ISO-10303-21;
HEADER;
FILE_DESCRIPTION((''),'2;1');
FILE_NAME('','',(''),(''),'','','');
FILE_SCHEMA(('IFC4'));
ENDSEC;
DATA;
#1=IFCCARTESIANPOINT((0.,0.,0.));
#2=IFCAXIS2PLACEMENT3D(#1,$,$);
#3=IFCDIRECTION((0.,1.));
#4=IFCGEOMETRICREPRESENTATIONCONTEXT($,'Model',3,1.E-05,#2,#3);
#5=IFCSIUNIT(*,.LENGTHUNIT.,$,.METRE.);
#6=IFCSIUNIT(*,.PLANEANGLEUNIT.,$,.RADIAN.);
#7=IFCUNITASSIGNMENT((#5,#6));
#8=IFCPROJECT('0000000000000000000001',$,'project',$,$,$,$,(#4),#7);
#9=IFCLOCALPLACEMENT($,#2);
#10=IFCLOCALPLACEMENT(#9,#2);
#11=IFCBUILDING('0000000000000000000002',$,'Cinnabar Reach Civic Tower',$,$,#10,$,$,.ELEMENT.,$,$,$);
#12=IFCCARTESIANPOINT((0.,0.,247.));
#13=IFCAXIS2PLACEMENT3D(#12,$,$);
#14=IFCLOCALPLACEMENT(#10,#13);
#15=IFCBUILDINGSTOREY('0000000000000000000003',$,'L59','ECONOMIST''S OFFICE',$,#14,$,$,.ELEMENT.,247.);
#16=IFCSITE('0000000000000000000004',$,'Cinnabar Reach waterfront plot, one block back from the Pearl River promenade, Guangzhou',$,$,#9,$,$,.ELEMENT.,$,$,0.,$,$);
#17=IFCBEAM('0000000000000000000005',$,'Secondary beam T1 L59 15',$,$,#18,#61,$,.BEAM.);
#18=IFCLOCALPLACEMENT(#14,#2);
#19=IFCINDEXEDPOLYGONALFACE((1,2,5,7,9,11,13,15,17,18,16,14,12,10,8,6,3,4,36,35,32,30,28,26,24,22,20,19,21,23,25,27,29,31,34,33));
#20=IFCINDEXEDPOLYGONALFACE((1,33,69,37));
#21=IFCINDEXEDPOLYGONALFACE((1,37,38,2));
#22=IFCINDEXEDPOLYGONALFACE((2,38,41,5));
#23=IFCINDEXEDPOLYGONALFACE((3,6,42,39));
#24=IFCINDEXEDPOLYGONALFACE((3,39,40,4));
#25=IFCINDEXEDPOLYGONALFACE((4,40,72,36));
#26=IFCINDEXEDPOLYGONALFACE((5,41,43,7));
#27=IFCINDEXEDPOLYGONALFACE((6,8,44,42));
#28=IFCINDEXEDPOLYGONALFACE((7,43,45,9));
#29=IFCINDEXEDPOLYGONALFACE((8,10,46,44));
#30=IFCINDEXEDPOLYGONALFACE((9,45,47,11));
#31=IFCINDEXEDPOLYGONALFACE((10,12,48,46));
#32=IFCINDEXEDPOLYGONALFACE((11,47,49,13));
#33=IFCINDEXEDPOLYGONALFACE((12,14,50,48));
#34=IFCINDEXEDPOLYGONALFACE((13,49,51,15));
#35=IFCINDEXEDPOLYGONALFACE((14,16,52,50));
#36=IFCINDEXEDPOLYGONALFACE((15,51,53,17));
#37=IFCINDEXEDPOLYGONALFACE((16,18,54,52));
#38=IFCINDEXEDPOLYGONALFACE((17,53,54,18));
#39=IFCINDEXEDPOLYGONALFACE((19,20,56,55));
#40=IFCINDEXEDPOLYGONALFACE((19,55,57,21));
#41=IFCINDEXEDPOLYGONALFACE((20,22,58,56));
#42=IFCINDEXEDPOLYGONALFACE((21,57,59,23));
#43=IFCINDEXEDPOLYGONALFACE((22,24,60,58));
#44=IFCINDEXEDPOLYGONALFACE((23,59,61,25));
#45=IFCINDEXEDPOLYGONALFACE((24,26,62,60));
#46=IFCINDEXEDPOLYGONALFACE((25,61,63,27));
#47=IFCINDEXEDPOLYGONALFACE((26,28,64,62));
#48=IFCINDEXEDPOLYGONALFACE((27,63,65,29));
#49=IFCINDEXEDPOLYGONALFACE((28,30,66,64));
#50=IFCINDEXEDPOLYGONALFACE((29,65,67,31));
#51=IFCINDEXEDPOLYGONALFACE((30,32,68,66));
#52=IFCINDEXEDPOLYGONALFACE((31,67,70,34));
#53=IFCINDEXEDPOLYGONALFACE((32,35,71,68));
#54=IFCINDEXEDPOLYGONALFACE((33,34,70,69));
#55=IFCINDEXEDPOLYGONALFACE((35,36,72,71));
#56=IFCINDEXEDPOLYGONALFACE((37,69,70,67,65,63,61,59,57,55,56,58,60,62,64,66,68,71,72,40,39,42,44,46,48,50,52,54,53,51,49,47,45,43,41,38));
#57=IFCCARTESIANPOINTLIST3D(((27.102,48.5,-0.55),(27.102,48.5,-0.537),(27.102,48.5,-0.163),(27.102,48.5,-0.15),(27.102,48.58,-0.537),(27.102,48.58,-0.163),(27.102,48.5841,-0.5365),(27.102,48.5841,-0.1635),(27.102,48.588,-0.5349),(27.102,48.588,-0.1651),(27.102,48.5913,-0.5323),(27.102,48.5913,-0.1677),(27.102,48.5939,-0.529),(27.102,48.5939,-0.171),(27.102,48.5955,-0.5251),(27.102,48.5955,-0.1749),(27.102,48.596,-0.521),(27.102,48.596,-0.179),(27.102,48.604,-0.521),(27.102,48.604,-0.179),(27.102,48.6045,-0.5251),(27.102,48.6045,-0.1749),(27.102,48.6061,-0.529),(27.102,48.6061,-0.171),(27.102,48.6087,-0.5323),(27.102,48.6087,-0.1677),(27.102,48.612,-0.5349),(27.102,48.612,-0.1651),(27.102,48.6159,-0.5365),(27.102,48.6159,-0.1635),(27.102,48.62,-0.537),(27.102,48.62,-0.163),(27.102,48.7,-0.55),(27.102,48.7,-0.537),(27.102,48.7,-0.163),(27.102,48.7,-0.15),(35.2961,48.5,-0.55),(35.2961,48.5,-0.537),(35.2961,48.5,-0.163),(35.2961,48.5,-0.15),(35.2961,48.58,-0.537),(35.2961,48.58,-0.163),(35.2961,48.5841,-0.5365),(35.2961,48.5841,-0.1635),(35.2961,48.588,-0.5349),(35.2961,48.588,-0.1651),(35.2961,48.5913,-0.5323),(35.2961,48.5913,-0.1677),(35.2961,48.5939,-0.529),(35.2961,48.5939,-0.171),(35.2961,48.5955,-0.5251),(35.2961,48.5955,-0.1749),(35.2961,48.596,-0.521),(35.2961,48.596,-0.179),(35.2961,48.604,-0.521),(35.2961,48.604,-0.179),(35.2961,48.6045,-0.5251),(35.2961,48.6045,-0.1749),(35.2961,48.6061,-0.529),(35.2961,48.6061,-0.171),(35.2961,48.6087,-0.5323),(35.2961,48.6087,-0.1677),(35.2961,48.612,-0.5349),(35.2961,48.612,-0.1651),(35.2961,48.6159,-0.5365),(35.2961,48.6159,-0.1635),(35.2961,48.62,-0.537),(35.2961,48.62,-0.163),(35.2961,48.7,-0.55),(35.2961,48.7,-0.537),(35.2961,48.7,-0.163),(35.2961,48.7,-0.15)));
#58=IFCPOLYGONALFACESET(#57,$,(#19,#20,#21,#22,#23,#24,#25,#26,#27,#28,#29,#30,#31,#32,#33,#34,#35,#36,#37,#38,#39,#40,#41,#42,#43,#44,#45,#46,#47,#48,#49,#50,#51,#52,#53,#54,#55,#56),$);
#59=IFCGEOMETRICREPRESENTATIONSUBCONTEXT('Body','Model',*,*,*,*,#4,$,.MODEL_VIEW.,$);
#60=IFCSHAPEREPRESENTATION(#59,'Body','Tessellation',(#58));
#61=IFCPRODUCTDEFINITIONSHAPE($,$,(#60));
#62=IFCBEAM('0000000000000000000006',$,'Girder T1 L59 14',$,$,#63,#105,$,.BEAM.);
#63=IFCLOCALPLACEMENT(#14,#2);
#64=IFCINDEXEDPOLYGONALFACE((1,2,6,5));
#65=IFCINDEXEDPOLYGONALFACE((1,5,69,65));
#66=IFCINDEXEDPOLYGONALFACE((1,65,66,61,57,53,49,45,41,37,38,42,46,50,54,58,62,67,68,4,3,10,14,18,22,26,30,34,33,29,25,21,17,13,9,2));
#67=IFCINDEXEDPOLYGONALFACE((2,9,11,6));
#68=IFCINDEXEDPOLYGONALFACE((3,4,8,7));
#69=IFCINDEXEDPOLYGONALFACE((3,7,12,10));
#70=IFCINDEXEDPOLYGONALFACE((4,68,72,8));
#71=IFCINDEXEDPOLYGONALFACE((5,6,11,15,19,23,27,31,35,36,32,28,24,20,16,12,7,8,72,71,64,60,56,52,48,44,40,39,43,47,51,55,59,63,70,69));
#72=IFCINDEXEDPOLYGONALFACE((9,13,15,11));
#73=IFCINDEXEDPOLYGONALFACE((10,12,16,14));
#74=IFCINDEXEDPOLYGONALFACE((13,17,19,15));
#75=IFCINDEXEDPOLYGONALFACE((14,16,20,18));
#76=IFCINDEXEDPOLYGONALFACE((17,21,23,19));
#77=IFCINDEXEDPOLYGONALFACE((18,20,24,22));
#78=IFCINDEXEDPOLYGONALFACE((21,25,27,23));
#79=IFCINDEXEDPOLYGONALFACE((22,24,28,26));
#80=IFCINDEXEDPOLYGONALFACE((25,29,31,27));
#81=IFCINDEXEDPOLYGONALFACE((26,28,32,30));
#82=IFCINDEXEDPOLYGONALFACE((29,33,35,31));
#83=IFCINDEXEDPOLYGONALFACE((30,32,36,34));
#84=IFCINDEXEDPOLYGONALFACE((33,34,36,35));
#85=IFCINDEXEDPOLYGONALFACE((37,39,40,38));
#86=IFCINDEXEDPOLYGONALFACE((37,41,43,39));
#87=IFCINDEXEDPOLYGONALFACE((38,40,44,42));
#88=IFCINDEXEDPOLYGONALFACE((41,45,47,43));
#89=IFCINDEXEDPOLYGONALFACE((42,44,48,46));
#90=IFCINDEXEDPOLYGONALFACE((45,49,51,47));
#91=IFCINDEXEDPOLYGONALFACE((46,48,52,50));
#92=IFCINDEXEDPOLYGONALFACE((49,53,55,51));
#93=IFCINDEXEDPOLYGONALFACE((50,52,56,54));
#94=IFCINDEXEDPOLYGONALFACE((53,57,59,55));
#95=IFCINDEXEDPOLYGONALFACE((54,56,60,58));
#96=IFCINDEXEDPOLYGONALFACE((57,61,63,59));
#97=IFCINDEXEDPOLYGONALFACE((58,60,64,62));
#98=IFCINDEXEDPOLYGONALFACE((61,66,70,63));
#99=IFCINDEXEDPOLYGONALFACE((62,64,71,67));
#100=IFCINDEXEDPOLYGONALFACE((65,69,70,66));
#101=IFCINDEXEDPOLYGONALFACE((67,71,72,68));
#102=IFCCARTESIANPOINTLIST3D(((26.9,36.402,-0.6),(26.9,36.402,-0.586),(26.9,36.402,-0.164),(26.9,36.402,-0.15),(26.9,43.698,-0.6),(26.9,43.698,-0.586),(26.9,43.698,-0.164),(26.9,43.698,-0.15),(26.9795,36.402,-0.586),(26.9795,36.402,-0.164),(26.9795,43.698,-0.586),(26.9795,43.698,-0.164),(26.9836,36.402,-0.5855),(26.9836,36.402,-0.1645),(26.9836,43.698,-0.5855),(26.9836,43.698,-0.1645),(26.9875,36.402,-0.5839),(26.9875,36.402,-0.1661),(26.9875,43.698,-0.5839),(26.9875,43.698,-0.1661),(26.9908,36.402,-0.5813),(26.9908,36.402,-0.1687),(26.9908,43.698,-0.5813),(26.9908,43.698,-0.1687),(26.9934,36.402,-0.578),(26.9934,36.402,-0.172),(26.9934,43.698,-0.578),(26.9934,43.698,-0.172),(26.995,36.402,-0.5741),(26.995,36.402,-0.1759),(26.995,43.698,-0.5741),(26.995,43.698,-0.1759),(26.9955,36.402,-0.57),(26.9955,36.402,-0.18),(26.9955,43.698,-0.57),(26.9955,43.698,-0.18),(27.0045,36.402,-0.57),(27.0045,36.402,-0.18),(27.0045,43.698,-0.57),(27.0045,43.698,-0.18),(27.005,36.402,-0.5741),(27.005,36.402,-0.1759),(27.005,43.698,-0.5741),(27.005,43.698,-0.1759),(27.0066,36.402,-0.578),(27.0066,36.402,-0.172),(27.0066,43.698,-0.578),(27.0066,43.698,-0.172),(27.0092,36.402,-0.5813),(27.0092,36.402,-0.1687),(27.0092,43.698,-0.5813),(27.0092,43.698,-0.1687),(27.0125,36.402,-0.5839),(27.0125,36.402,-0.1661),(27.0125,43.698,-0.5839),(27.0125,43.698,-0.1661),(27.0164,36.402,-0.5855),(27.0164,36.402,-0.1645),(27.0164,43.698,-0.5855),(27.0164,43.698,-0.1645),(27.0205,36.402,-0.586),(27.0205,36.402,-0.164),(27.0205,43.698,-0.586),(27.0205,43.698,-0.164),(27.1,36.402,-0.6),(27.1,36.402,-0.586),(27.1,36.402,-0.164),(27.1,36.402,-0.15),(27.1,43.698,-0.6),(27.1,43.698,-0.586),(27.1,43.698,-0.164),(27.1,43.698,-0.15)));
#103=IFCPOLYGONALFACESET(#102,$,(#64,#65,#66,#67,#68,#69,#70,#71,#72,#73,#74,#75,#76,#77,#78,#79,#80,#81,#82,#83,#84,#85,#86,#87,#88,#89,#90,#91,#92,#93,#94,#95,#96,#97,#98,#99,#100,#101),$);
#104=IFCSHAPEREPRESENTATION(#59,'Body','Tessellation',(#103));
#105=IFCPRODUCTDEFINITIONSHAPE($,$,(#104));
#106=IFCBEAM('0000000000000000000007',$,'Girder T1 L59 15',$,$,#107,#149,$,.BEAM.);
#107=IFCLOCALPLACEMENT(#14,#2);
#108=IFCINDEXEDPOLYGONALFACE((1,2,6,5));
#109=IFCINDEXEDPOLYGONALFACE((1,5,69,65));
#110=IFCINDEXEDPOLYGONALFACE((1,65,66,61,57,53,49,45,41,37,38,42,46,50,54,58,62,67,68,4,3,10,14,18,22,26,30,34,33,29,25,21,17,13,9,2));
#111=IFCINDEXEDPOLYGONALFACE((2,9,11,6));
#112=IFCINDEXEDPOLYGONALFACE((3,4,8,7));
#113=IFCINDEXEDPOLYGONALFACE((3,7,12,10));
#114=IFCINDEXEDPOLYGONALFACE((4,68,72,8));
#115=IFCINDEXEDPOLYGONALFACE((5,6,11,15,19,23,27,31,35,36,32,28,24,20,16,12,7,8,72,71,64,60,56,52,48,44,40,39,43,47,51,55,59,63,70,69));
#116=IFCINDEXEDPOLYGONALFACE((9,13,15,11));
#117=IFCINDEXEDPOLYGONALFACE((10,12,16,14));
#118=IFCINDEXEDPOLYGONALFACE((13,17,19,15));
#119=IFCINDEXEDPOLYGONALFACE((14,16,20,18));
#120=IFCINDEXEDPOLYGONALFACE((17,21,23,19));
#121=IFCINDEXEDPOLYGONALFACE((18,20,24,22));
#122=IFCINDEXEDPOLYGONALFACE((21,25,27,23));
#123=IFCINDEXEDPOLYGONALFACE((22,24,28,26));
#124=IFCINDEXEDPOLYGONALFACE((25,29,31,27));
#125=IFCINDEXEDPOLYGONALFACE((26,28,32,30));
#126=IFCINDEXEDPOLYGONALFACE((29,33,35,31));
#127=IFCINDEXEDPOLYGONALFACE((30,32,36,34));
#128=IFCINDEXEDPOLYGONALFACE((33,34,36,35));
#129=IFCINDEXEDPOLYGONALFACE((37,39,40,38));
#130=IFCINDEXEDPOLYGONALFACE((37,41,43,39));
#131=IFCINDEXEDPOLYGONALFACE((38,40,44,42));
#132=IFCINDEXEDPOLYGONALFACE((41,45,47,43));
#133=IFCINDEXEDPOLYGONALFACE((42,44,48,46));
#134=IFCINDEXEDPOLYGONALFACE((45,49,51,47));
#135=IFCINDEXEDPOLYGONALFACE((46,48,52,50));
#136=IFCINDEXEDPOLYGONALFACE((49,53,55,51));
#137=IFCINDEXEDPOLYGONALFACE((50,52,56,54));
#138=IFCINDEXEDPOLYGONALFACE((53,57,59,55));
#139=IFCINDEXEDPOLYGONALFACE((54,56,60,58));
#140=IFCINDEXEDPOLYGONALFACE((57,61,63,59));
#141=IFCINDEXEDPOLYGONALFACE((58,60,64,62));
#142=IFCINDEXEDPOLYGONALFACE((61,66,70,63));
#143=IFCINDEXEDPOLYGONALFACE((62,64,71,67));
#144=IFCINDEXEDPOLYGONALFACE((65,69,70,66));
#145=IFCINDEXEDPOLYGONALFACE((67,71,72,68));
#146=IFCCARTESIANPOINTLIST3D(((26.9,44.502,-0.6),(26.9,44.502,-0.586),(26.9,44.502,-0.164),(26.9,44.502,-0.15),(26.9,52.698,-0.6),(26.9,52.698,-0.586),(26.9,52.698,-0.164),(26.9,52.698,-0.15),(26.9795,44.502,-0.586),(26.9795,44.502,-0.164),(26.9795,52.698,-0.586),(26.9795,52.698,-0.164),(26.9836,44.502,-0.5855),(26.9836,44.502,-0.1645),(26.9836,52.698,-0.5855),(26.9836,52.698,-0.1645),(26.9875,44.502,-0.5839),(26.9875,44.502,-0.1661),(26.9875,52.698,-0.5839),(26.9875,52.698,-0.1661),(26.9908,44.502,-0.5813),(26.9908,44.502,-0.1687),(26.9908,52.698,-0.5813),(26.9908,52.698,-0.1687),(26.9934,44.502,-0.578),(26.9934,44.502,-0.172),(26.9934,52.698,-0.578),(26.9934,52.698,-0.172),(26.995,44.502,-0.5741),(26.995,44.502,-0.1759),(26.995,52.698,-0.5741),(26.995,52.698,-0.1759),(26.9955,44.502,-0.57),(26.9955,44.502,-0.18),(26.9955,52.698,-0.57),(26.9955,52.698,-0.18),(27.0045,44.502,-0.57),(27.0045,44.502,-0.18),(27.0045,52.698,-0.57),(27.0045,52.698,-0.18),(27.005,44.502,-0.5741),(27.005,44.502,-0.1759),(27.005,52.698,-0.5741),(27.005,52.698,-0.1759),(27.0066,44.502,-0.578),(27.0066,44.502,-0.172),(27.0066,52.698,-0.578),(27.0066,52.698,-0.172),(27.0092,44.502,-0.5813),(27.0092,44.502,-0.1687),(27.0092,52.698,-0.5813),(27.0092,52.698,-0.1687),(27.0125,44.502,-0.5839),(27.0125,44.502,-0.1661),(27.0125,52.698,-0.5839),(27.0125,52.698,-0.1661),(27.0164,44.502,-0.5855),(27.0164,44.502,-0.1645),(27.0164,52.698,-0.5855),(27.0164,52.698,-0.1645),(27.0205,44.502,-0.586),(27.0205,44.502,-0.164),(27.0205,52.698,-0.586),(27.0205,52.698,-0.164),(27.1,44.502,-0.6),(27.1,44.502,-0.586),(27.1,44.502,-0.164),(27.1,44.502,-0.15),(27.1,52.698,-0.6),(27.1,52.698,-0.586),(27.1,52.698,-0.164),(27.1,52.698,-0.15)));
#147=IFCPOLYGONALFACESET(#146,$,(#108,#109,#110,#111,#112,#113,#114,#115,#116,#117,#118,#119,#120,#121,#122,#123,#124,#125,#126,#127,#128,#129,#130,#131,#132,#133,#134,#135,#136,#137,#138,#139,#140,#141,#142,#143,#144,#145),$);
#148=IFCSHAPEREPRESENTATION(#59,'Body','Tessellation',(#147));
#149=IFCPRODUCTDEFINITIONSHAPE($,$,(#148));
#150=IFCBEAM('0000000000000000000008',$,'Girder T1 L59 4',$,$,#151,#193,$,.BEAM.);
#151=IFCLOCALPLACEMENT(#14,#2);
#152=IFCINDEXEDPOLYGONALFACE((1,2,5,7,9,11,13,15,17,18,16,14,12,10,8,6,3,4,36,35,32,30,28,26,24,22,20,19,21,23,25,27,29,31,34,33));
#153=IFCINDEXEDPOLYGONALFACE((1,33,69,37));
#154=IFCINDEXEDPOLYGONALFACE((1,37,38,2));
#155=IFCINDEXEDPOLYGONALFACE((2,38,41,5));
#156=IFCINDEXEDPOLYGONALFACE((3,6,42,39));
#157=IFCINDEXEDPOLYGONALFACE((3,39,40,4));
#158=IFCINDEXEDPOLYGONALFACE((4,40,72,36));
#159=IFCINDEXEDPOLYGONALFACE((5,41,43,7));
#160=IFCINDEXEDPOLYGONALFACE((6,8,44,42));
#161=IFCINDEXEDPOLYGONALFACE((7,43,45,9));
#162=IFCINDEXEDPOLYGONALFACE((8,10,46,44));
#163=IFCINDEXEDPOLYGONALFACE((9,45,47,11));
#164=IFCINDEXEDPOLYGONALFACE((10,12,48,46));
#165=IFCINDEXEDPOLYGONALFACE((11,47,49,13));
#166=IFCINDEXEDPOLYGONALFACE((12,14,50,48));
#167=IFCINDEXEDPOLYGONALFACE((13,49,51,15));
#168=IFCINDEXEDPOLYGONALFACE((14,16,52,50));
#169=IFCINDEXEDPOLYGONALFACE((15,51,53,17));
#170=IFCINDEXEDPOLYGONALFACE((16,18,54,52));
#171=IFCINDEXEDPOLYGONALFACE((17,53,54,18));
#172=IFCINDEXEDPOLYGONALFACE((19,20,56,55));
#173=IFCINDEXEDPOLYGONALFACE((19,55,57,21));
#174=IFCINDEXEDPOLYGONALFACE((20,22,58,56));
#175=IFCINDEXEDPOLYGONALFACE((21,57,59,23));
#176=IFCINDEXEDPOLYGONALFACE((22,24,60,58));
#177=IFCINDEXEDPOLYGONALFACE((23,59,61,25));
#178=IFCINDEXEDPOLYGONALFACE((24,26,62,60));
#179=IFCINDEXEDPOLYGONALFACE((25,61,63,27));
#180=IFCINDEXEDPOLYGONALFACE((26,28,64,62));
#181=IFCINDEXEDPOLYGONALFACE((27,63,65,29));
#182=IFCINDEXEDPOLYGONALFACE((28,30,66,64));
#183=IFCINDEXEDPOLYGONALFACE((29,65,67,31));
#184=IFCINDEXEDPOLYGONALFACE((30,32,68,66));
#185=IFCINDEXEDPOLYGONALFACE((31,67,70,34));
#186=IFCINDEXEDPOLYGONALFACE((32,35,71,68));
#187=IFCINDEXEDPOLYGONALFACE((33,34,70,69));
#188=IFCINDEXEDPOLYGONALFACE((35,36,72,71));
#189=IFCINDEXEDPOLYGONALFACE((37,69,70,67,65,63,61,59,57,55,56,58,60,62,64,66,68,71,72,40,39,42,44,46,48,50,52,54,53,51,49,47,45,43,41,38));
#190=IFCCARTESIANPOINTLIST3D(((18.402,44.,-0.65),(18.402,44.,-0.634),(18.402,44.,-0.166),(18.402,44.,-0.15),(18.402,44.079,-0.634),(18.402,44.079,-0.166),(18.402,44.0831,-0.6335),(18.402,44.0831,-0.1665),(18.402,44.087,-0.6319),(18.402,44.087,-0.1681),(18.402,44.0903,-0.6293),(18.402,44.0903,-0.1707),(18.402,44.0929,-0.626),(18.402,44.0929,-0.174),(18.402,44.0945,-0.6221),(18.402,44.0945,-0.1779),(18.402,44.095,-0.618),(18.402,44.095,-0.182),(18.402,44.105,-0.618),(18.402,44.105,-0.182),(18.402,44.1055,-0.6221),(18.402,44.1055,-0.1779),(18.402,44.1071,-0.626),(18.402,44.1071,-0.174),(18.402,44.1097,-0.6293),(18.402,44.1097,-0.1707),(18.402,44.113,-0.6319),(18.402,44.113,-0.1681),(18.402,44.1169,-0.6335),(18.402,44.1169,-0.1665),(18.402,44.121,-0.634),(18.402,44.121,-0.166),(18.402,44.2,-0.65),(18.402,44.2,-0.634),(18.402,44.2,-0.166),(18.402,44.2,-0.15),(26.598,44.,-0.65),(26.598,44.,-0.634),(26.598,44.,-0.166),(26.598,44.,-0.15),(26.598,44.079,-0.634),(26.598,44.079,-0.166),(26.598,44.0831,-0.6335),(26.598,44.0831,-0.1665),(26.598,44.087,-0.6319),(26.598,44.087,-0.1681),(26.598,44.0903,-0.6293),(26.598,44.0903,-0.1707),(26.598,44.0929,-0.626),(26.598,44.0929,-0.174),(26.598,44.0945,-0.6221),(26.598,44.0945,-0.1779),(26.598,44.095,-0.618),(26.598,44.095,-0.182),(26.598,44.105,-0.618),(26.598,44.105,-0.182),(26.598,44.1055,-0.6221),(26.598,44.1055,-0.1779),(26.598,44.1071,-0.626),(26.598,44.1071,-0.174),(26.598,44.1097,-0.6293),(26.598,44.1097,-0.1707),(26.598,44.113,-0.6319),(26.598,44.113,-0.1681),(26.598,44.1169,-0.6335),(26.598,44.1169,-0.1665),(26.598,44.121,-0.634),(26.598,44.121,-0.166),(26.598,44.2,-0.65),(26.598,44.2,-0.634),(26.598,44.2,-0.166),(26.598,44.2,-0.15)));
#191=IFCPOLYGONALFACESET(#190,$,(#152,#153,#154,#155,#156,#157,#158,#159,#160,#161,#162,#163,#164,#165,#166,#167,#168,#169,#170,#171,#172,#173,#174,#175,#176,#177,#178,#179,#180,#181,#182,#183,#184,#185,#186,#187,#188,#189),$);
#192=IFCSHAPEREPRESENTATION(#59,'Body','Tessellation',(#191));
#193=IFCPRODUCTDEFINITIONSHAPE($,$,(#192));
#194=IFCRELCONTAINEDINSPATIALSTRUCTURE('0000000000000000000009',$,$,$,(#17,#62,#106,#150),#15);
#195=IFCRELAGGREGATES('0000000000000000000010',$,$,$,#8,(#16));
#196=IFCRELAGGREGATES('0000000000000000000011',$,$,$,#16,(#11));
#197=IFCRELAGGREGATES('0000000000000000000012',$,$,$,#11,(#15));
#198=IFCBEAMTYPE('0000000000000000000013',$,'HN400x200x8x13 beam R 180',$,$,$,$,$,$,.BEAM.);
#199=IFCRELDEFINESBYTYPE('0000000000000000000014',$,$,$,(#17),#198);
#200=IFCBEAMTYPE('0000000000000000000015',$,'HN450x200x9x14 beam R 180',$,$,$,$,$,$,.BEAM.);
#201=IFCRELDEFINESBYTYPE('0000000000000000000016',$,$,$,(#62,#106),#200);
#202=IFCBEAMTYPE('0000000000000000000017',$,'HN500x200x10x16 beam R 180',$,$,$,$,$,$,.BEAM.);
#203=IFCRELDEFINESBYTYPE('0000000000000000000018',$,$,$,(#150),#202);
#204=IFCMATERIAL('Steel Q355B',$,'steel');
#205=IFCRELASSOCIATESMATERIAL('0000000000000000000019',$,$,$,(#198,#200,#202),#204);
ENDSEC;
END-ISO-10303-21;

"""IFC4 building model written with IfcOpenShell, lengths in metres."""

from ifc_helpers import new_model, si_unit, direction, frame, origin, origin_2d, place, context, subcontext, project, spatial, i_section, extrude, material, material_profile, profile_set, type_object, element, save


model = new_model("IFC4")

# Units and contexts
model_context = context("Model", 3, precision=1e-05, world=origin(), true_north=direction((0.0, 1.0)))
body_context = subcontext(model_context, "Body", "Model", "MODEL_VIEW")
ifc_project = project(units=[si_unit("LENGTHUNIT", "METRE"), si_unit("PLANEANGLEUNIT", "RADIAN")], contexts=[model_context])

# Site, building, storey
site_placement = place(None, origin())
site = spatial("IfcSite", under=ifc_project, at=site_placement, Name="Cinnabar Reach waterfront plot, one block back from the Pearl River promenade, Guangzhou", CompositionType="ELEMENT", RefElevation=0.0)
building_placement = place(site_placement, origin())
building = spatial("IfcBuilding", under=site, at=building_placement, Name="Cinnabar Reach Civic Tower", CompositionType="ELEMENT")
storey_placement = place(building_placement, frame((0.0, 0.0, 247.0)))
storey = spatial("IfcBuildingStorey", under=building, at=storey_placement, Name="L59", Description="ECONOMIST'S OFFICE", CompositionType="ELEMENT", Elevation=247.0)

# Beams
ifc_material_1 = material(Name="Steel Q355B", Category="steel")
ifc_material_profile_1 = material_profile(ifc_material_1, i_section(OverallWidth=0.2, OverallDepth=0.4, WebThickness=0.008, FlangeThickness=0.013, FilletRadius=0.016, at=origin_2d()), Name="HN400x200x8x13")
ifc_profile_set_1 = profile_set([ifc_material_profile_1], Name="Steel Q355B")
beam_type_1 = type_object("IfcBeamType", Name="HN400x200x8x13 beam R 180", PredefinedType="BEAM", material=ifc_profile_set_1)
beam_1_placement = place(storey_placement, frame((27.102, 48.6, -0.35), z_axis=(1.0, 0.0, 0.0), x_axis=(0.0, 1.0, 0.0)))
element("IfcBeam", 1, at=beam_1_placement, inside=storey, type_object=beam_type_1, Name="Secondary beam T1 L59 15", PredefinedType="BEAM", context=body_context, shape_type="SweptSolid", body=[
    extrude(i_section(OverallWidth=0.2, OverallDepth=0.4, WebThickness=0.008, FlangeThickness=0.013, FilletRadius=0.016, at=origin_2d()), origin(), (0.0, 0.0, 1.0), 8.1941),
])
ifc_material_profile_2 = material_profile(ifc_material_1, i_section(OverallWidth=0.2, OverallDepth=0.45, WebThickness=0.009, FlangeThickness=0.014, FilletRadius=0.016, at=origin_2d()), Name="HN450x200x9x14")
ifc_profile_set_2 = profile_set([ifc_material_profile_2], Name="Steel Q355B")
beam_type_2 = type_object("IfcBeamType", Name="HN450x200x9x14 beam R 180", PredefinedType="BEAM", material=ifc_profile_set_2)
beam_2_placement = place(storey_placement, frame((27.0, 36.402, -0.375), z_axis=(0.0, 1.0, 0.0), x_axis=(-1.0, 0.0, 0.0)))
element("IfcBeam", 2, at=beam_2_placement, inside=storey, type_object=beam_type_2, Name="Girder T1 L59 14", PredefinedType="BEAM", context=body_context, shape_type="SweptSolid", body=[
    extrude(i_section(OverallWidth=0.2, OverallDepth=0.45, WebThickness=0.009, FlangeThickness=0.014, FilletRadius=0.016, at=origin_2d()), origin(), (0.0, 0.0, 1.0), 7.296),
])
beam_3_placement = place(storey_placement, frame((27.0, 44.502, -0.375), z_axis=(0.0, 1.0, 0.0), x_axis=(-1.0, 0.0, 0.0)))
element("IfcBeam", 3, at=beam_3_placement, inside=storey, type_object=beam_type_2, Name="Girder T1 L59 15", PredefinedType="BEAM", context=body_context, shape_type="SweptSolid", body=[
    extrude(i_section(OverallWidth=0.2, OverallDepth=0.45, WebThickness=0.009, FlangeThickness=0.014, FilletRadius=0.016, at=origin_2d()), origin(), (0.0, 0.0, 1.0), 8.196),
])
ifc_material_profile_3 = material_profile(ifc_material_1, i_section(OverallWidth=0.2, OverallDepth=0.5, WebThickness=0.01, FlangeThickness=0.016, FilletRadius=0.016, at=origin_2d()), Name="HN500x200x10x16")
ifc_profile_set_3 = profile_set([ifc_material_profile_3], Name="Steel Q355B")
beam_type_3 = type_object("IfcBeamType", Name="HN500x200x10x16 beam R 180", PredefinedType="BEAM", material=ifc_profile_set_3)
for number, where, z_axis, x_axis, name in (
    (4, (18.402, 44.1, -0.4), (1.0, 0.0, 0.0), (0.0, 1.0, 0.0), "Girder T1 L59 4"),
):
    element("IfcBeam", number, at=place(storey_placement, frame(where, z_axis=z_axis, x_axis=x_axis)), inside=storey, type_object=beam_type_3, Name=name, PredefinedType="BEAM", context=body_context, shape_type="SweptSolid", body=[
        extrude(i_section(OverallWidth=0.2, OverallDepth=0.5, WebThickness=0.01, FlangeThickness=0.016, FilletRadius=0.016, at=origin_2d()), origin(), (0.0, 0.0, 1.0), 8.196),
    ])

save(model, "model.ifc")
